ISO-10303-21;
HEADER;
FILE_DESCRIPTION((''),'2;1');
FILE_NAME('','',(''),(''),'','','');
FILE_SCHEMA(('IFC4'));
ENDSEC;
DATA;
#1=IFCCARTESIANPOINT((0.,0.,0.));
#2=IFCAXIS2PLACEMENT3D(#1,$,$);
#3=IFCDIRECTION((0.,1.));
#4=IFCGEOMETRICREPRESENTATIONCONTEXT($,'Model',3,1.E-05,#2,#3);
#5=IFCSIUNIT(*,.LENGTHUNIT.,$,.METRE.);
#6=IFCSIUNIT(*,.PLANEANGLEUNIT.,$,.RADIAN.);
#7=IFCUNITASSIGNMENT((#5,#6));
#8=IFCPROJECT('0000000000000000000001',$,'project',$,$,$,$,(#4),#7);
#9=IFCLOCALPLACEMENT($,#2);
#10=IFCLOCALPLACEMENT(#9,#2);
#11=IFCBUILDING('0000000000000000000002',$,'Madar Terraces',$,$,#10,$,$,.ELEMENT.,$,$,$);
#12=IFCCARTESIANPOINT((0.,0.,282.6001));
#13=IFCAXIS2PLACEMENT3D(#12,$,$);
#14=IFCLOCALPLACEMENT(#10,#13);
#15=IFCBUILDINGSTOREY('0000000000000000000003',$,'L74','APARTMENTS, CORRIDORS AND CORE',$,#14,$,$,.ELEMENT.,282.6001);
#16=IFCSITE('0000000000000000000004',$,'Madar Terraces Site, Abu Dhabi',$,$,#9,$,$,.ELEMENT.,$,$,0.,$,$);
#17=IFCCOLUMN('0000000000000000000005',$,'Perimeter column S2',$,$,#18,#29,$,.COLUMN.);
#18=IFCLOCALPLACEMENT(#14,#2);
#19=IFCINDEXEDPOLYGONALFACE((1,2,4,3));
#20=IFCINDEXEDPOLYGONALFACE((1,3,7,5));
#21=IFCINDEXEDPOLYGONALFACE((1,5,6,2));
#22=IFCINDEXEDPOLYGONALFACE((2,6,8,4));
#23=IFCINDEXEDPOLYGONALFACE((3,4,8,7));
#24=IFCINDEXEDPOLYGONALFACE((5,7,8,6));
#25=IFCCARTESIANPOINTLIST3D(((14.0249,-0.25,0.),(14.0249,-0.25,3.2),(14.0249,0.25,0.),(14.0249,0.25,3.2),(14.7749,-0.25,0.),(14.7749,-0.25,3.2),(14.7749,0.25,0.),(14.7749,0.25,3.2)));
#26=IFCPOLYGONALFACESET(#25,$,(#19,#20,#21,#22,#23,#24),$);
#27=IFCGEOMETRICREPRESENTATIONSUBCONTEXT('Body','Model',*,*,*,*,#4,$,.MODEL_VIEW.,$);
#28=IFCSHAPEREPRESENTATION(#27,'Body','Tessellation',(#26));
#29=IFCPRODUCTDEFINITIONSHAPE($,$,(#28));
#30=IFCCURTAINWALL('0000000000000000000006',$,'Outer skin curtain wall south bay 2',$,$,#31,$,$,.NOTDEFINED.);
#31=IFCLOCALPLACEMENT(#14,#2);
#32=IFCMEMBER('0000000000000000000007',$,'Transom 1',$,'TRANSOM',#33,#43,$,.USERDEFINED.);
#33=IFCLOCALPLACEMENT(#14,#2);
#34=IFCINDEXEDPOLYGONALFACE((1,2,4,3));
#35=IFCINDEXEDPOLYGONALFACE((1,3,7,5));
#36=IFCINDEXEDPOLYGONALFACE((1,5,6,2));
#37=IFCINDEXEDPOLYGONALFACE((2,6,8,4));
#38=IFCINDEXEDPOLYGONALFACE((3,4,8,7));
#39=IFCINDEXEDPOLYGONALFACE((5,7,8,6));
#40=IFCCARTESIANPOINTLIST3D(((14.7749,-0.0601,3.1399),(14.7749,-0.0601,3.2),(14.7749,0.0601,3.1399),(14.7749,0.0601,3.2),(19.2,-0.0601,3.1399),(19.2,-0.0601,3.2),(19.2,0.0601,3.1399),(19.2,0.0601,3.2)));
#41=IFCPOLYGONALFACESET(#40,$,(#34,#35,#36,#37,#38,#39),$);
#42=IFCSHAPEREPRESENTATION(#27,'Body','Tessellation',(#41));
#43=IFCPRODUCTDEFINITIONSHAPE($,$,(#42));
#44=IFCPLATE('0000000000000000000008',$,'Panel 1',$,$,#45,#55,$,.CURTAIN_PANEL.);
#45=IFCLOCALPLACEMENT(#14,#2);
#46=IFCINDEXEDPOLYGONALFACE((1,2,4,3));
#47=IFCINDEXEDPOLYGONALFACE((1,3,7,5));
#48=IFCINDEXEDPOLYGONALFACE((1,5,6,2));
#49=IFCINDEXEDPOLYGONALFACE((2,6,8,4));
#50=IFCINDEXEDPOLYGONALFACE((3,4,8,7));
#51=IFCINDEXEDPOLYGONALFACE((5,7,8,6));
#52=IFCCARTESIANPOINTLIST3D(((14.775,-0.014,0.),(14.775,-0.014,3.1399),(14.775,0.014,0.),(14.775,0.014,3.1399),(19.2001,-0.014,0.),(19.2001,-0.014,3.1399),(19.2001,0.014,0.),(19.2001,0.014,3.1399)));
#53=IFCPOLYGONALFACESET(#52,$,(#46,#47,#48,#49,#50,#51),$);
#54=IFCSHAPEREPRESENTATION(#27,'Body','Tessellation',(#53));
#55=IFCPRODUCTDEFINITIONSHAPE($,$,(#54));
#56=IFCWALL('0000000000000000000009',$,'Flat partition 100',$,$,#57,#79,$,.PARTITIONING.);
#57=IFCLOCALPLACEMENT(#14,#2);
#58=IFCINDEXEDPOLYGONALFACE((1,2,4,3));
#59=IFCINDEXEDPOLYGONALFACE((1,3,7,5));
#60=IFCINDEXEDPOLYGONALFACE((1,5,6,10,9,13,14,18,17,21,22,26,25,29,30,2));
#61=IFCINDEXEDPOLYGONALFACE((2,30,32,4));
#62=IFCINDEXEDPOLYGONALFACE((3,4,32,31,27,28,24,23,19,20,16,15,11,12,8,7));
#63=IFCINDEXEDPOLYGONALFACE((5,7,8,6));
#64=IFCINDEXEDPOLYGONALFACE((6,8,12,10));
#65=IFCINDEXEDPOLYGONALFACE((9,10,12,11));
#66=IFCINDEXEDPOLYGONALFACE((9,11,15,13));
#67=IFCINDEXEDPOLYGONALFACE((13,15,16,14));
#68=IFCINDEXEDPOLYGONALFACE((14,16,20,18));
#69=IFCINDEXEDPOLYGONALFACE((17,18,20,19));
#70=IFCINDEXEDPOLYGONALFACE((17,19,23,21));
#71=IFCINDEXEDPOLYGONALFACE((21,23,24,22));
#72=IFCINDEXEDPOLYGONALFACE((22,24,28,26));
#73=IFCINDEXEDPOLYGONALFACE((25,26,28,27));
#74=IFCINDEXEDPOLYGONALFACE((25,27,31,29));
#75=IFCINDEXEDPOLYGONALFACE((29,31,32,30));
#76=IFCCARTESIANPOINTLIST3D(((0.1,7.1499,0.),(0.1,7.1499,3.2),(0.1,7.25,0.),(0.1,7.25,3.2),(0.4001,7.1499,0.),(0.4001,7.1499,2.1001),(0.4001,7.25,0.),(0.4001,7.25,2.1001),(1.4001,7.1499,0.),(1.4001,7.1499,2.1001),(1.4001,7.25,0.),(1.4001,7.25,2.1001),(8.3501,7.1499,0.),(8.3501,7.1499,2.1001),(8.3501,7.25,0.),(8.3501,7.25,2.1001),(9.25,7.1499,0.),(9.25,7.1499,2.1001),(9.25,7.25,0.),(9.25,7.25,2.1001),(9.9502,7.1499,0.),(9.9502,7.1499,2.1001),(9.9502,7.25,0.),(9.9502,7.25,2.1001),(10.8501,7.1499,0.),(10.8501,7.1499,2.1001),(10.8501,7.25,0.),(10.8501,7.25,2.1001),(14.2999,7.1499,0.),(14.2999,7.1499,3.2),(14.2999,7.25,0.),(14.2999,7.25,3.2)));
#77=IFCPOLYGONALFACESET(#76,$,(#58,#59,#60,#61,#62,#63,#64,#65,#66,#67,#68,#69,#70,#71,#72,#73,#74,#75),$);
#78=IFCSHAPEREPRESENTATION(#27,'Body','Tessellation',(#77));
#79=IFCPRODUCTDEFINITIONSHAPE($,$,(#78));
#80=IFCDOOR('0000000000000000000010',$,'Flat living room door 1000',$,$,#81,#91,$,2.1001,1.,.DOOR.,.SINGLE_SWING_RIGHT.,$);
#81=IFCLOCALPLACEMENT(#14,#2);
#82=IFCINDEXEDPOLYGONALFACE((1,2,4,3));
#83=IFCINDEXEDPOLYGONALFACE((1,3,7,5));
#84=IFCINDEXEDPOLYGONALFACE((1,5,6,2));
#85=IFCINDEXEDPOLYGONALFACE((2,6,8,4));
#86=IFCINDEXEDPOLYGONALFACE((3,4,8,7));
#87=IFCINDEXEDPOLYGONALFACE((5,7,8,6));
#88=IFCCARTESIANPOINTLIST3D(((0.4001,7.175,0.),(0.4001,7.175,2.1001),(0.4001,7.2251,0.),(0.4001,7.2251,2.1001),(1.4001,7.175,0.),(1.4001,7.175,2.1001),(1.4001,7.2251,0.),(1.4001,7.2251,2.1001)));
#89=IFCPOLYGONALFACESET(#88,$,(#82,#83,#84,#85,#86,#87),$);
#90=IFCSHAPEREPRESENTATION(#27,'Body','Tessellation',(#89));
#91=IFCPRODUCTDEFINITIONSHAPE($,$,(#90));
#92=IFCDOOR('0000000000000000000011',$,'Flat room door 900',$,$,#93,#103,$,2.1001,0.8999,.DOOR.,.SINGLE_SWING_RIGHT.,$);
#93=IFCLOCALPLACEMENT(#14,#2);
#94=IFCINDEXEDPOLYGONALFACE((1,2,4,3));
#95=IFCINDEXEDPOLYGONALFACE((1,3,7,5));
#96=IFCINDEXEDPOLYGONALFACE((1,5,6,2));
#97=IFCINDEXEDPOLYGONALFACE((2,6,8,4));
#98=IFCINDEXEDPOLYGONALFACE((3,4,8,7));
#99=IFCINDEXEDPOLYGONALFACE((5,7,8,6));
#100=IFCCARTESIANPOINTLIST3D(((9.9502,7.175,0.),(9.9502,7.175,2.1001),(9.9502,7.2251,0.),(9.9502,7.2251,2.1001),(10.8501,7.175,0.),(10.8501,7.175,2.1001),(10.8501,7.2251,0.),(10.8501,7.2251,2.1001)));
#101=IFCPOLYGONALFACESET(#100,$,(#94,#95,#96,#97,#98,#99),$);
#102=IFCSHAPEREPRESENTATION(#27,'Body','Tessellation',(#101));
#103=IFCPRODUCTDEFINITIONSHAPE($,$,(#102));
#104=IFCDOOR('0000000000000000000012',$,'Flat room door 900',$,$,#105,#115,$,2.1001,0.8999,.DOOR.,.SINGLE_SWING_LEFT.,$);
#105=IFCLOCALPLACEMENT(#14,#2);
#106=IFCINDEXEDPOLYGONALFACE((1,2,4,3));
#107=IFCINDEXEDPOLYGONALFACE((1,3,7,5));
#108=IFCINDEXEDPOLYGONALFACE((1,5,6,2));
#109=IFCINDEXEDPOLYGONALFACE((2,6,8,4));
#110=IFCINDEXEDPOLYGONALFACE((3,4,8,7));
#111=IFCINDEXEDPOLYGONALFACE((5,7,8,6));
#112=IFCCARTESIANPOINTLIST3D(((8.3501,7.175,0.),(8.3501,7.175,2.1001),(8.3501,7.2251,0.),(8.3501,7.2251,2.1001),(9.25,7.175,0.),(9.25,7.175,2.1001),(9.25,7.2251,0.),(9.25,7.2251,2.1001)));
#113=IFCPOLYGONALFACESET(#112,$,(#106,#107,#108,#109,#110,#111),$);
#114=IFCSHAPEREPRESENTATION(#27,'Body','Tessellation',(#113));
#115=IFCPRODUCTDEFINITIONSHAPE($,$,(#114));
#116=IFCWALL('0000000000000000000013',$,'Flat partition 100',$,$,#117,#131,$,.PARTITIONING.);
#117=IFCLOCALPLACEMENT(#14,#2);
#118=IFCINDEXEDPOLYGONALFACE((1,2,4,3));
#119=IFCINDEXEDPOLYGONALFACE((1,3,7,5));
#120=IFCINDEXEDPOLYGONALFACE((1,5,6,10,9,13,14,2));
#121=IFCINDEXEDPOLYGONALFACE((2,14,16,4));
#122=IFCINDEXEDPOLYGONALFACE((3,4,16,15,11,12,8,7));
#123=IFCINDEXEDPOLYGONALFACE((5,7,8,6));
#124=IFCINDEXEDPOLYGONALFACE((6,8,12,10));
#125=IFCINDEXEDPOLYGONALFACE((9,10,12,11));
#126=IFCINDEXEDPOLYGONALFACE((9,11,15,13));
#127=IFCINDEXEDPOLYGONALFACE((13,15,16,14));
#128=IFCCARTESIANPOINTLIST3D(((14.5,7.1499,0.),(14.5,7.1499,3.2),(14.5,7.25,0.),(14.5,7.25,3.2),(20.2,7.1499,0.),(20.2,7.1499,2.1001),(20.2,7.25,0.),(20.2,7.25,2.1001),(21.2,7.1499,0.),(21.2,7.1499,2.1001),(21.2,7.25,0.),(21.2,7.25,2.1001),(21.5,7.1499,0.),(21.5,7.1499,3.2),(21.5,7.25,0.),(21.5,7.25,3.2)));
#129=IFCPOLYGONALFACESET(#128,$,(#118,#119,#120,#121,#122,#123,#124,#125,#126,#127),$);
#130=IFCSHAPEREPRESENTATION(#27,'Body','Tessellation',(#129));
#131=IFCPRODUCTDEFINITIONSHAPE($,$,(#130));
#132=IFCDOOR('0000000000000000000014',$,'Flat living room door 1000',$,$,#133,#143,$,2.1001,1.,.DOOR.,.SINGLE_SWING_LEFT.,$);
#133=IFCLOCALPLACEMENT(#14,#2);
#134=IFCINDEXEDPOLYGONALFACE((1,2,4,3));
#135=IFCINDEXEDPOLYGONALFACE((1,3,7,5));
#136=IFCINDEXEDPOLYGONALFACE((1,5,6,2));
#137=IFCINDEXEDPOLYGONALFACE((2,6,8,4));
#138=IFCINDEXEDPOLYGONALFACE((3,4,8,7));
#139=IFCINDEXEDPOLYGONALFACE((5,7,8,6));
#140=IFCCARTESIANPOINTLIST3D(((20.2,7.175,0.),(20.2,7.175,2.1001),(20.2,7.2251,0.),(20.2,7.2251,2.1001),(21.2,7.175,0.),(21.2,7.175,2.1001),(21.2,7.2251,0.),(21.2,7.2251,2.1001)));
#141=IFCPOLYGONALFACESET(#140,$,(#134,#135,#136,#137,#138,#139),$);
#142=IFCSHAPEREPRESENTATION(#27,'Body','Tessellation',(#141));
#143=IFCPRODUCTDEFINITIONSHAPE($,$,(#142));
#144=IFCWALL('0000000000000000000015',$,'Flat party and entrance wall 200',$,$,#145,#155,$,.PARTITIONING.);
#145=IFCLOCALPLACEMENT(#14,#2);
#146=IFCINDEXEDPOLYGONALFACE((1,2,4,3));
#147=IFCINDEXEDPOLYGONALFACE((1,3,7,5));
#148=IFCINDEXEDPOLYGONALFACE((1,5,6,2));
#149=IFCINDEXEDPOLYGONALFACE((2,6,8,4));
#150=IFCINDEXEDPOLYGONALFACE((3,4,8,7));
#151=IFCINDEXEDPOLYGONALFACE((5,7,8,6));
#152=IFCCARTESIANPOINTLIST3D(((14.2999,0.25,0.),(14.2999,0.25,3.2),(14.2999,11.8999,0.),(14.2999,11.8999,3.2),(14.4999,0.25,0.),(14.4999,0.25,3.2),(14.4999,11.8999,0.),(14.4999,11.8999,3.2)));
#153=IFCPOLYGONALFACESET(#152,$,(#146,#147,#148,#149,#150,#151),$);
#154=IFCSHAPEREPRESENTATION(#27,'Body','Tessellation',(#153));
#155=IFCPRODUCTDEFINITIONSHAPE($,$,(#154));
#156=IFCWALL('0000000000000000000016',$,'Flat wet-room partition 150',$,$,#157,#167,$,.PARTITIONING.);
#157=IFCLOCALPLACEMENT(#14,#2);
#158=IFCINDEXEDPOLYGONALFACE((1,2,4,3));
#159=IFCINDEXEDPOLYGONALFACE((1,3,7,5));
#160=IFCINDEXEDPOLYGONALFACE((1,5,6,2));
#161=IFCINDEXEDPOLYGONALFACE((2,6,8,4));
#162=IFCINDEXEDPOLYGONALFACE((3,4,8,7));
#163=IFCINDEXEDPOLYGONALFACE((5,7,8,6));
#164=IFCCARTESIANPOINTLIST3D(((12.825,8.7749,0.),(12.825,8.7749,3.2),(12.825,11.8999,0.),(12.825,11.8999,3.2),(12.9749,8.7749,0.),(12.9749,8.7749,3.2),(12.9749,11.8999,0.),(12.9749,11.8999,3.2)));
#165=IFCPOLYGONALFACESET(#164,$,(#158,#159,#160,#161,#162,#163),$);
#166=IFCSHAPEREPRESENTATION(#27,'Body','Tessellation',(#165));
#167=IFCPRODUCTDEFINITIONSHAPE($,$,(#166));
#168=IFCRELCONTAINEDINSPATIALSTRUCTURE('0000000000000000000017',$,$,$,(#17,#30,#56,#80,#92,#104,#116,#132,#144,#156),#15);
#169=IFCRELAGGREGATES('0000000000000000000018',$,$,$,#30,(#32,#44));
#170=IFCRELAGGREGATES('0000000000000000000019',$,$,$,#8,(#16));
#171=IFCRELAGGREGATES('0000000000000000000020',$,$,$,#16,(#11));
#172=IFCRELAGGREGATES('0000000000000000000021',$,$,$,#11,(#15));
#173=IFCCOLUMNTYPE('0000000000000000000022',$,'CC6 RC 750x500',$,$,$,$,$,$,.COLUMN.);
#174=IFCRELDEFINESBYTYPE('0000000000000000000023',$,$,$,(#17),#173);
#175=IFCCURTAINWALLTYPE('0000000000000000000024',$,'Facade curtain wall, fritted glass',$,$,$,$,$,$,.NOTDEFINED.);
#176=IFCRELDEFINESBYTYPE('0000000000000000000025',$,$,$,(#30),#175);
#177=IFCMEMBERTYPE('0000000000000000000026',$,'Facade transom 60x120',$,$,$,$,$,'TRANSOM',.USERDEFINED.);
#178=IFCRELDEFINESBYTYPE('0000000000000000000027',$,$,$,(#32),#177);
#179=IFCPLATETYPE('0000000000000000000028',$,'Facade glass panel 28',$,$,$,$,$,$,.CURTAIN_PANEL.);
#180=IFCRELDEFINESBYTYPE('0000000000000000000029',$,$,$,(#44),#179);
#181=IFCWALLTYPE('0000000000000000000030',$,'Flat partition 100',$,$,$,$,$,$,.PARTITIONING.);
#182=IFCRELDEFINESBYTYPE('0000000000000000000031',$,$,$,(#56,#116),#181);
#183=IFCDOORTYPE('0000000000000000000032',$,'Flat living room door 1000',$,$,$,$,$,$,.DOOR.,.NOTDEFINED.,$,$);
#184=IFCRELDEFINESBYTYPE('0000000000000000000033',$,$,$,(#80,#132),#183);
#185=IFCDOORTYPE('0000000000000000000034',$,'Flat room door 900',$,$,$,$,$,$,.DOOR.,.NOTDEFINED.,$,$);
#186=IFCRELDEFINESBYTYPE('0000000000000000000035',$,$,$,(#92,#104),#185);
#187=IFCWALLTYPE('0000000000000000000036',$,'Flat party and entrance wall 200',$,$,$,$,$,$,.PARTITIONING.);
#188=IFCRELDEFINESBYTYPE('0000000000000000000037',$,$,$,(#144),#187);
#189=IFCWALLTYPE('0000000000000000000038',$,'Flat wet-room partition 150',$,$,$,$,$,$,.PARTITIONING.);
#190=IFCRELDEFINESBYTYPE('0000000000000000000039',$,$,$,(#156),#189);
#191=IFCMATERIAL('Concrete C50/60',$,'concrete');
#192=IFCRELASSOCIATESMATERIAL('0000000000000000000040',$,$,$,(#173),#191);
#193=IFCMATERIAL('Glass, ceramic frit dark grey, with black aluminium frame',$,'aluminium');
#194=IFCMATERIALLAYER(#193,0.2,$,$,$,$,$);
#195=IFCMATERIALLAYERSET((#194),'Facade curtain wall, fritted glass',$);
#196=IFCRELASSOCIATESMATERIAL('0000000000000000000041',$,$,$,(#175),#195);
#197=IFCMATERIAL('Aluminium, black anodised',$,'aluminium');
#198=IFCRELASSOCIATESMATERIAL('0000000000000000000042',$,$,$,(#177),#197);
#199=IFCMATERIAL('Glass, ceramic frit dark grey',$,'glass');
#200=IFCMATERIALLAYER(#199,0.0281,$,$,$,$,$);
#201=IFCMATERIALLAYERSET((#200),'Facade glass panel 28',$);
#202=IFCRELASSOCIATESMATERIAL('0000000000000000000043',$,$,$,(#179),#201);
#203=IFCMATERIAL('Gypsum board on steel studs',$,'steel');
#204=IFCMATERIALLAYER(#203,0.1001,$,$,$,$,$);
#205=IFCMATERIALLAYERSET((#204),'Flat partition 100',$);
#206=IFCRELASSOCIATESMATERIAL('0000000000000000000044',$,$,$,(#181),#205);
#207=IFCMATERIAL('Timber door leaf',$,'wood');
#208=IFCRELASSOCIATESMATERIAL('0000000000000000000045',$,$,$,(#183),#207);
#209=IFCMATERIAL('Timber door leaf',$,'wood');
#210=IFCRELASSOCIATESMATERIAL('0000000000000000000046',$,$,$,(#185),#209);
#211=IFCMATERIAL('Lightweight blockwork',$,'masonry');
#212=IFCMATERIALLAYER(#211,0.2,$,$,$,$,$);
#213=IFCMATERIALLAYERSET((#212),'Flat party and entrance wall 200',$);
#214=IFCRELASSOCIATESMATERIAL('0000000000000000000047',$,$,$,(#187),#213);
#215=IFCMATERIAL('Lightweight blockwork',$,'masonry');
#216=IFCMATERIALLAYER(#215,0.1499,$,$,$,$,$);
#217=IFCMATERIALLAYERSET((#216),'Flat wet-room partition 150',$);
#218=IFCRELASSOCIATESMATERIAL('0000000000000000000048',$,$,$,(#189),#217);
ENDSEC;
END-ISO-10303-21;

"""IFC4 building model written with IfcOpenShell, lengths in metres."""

from ifc_helpers import new_model, si_unit, direction, frame, frame_2d, origin, origin_2d, place, context, subcontext, project, spatial, rectangle, extrude, material, layer, layer_set, material_profile, profile_set, type_object, element, fill, aggregate, save


model = new_model("IFC4")

# Units and contexts
model_context = context("Model", 3, precision=1e-05, world=origin(), true_north=direction((0.0, 1.0)))
body_context = subcontext(model_context, "Body", "Model", "MODEL_VIEW")
ifc_project = project(units=[si_unit("LENGTHUNIT", "METRE"), si_unit("PLANEANGLEUNIT", "RADIAN")], contexts=[model_context])

# Site, building, storey
site_placement = place(None, origin())
site = spatial("IfcSite", under=ifc_project, at=site_placement, Name="Madar Terraces Site, Abu Dhabi", CompositionType="ELEMENT", RefElevation=0.0)
building_placement = place(site_placement, origin())
building = spatial("IfcBuilding", under=site, at=building_placement, Name="Madar Terraces", CompositionType="ELEMENT")
storey_placement = place(building_placement, frame((0.0, 0.0, 282.6001)))
storey = spatial("IfcBuildingStorey", under=building, at=storey_placement, Name="L74", Description="APARTMENTS, CORRIDORS AND CORE", CompositionType="ELEMENT", Elevation=282.6001)

# Column
ifc_material_1 = material(Name="Concrete C50/60", Category="concrete")
ifc_material_profile_1 = material_profile(ifc_material_1, rectangle(XDim=0.75, YDim=0.5, at=origin_2d()), Name="CC6 RC 750x500")
ifc_profile_set_1 = profile_set([ifc_material_profile_1], Name="Concrete C50/60")
column_type = type_object("IfcColumnType", Name="CC6 RC 750x500", PredefinedType="COLUMN", material=ifc_profile_set_1)
column_placement = place(storey_placement, frame((14.3999, 0.0, 0.0), z_axis=(0.0, 0.0, 1.0), x_axis=(1.0, 0.0, 0.0)))
element("IfcColumn", 1, at=column_placement, inside=storey, type_object=column_type, Name="Perimeter column S2", PredefinedType="COLUMN", context=body_context, shape_type="SweptSolid", body=[
    extrude(rectangle(XDim=0.75, YDim=0.5, at=origin_2d()), origin(), (0.0, 0.0, 1.0), 3.2),
])

# Curtain wall, member, plate
ifc_material_2 = material(Name="Glass, ceramic frit dark grey, with black aluminium frame", Category="aluminium")
ifc_layer_1 = layer(ifc_material_2, 0.2)
ifc_layer_set_1 = layer_set([ifc_layer_1], Name="Facade curtain wall, fritted glass")
curtain_wall_type = type_object("IfcCurtainWallType", Name="Facade curtain wall, fritted glass", PredefinedType="NOTDEFINED", material=ifc_layer_set_1)
curtain_wall_placement = place(storey_placement, origin())
curtain_wall = element("IfcCurtainWall", 2, at=curtain_wall_placement, inside=storey, type_object=curtain_wall_type, Name="Outer skin curtain wall south bay 2", PredefinedType="NOTDEFINED")
ifc_material_3 = material(Name="Aluminium, black anodised", Category="aluminium")
ifc_material_profile_2 = material_profile(ifc_material_3, rectangle(XDim=0.1201, YDim=0.0601, at=origin_2d()), Name="Facade transom 60x120")
ifc_profile_set_2 = profile_set([ifc_material_profile_2], Name="Aluminium, black anodised")
member_type = type_object("IfcMemberType", Name="Facade transom 60x120", ElementType="TRANSOM", PredefinedType="USERDEFINED", material=ifc_profile_set_2)
member_placement = place(storey_placement, frame((14.7749, 0.0, 3.1699), z_axis=(1.0, 0.0, 0.0), x_axis=(0.0, 1.0, 0.0)))
member = element("IfcMember", 3, at=member_placement, type_object=member_type, Name="Transom 1", ObjectType="TRANSOM", PredefinedType="USERDEFINED", context=body_context, shape_type="SweptSolid", body=[
    extrude(rectangle(XDim=0.1201, YDim=0.0601, at=origin_2d()), origin(), (0.0, 0.0, 1.0), 4.425),
])
ifc_material_4 = material(Name="Glass, ceramic frit dark grey", Category="glass")
ifc_layer_2 = layer(ifc_material_4, 0.0281)
ifc_layer_set_2 = layer_set([ifc_layer_2], Name="Facade glass panel 28")
plate_type = type_object("IfcPlateType", Name="Facade glass panel 28", PredefinedType="CURTAIN_PANEL", material=ifc_layer_set_2)
plate_placement = place(storey_placement, frame((16.9875, 0.0, 0.0), z_axis=(0.0, 0.0, 1.0), x_axis=(1.0, 0.0, 0.0)))
plate = element("IfcPlate", 4, at=plate_placement, type_object=plate_type, Name="Panel 1", PredefinedType="CURTAIN_PANEL", context=body_context, shape_type="SweptSolid", body=[
    extrude(rectangle(XDim=4.425, YDim=0.0281, at=origin_2d()), origin(), (0.0, 0.0, 1.0), 3.1399),
])
aggregate(curtain_wall, [member, plate])

# Wall, openings, doors
ifc_material_5 = material(Name="Gypsum board on steel studs", Category="steel")
ifc_layer_3 = layer(ifc_material_5, 0.1001)
ifc_layer_set_3 = layer_set([ifc_layer_3], Name="Flat partition 100")
wall_type_1 = type_object("IfcWallType", Name="Flat partition 100", PredefinedType="PARTITIONING", material=ifc_layer_set_3)
wall_1_placement = place(storey_placement, frame((14.3, 7.2, 0.0), z_axis=(0.0, 0.0, 1.0), x_axis=(-1.0, 0.0, 0.0)))
wall_1 = element("IfcWall", 5, at=wall_1_placement, inside=storey, type_object=wall_type_1, Name="Flat partition 100", PredefinedType="PARTITIONING", context=body_context, shape_type="SweptSolid", body=[
    extrude(rectangle(XDim=14.2, YDim=0.1001, at=frame_2d((7.1001, 0.0))), origin(), (0.0, 0.0, 1.0), 3.2),
])
opening_1_placement = place(wall_1_placement, frame((3.45, 0.0, 0.0)))
opening_1 = element("IfcOpeningElement", 6, at=opening_1_placement, cuts=wall_1, PredefinedType="OPENING", context=body_context, shape_type="SweptSolid", body=[
    extrude(rectangle(XDim=0.8999, YDim=2.1001, at=frame_2d((0.45, 1.05))), frame((0.0, 0.0601, 0.0), z_axis=(0.0, -1.0, 0.0), x_axis=(1.0, 0.0, 0.0)), (0.0, 0.0, 1.0), 0.1201),
])
opening_2_placement = place(wall_1_placement, frame((5.05, 0.0, 0.0)))
opening_2 = element("IfcOpeningElement", 7, at=opening_2_placement, cuts=wall_1, PredefinedType="OPENING", context=body_context, shape_type="SweptSolid", body=[
    extrude(rectangle(XDim=0.8999, YDim=2.1001, at=frame_2d((0.45, 1.05))), frame((0.0, 0.0601, 0.0), z_axis=(0.0, -1.0, 0.0), x_axis=(1.0, 0.0, 0.0)), (0.0, 0.0, 1.0), 0.1201),
])
opening_3_placement = place(wall_1_placement, frame((12.8999, 0.0, 0.0)))
opening_3 = element("IfcOpeningElement", 8, at=opening_3_placement, cuts=wall_1, PredefinedType="OPENING", context=body_context, shape_type="SweptSolid", body=[
    extrude(rectangle(XDim=1.0, YDim=2.1001, at=frame_2d((0.5, 1.05))), frame((0.0, 0.0601, 0.0), z_axis=(0.0, -1.0, 0.0), x_axis=(1.0, 0.0, 0.0)), (0.0, 0.0, 1.0), 0.1201),
])
ifc_material_6 = material(Name="Timber door leaf", Category="wood")
door_type_1 = type_object("IfcDoorType", Name="Flat living room door 1000", OperationType="NOTDEFINED", PredefinedType="DOOR", material=ifc_material_6)
door_1_placement = place(opening_3_placement, origin())
door_1 = element("IfcDoor", 9, at=door_1_placement, inside=storey, type_object=door_type_1, Name="Flat living room door 1000", OperationType="SINGLE_SWING_RIGHT", OverallHeight=2.1001, OverallWidth=1.0, PredefinedType="DOOR", context=body_context, shape_type="SweptSolid", body=[
    extrude(rectangle(XDim=1.0, YDim=2.1001, at=frame_2d((0.5, 1.05))), frame((0.0, 0.0249, 0.0), z_axis=(0.0, -1.0, 0.0), x_axis=(1.0, 0.0, 0.0)), (0.0, 0.0, 1.0), 0.05),
])
fill(opening_3, door_1)
ifc_material_7 = material(Name="Timber door leaf", Category="wood")
door_type_2 = type_object("IfcDoorType", Name="Flat room door 900", OperationType="NOTDEFINED", PredefinedType="DOOR", material=ifc_material_7)
door_2_placement = place(opening_1_placement, origin())
door_2 = element("IfcDoor", 10, at=door_2_placement, inside=storey, type_object=door_type_2, Name="Flat room door 900", OperationType="SINGLE_SWING_RIGHT", OverallHeight=2.1001, OverallWidth=0.8999, PredefinedType="DOOR", context=body_context, shape_type="SweptSolid", body=[
    extrude(rectangle(XDim=0.8999, YDim=2.1001, at=frame_2d((0.45, 1.05))), frame((0.0, 0.0249, 0.0), z_axis=(0.0, -1.0, 0.0), x_axis=(1.0, 0.0, 0.0)), (0.0, 0.0, 1.0), 0.05),
])
fill(opening_1, door_2)
door_3_placement = place(opening_2_placement, origin())
door_3 = element("IfcDoor", 11, at=door_3_placement, inside=storey, type_object=door_type_2, Name="Flat room door 900", OperationType="SINGLE_SWING_LEFT", OverallHeight=2.1001, OverallWidth=0.8999, PredefinedType="DOOR", context=body_context, shape_type="SweptSolid", body=[
    extrude(rectangle(XDim=0.8999, YDim=2.1001, at=frame_2d((0.45, 1.05))), frame((0.0, 0.0249, 0.0), z_axis=(0.0, -1.0, 0.0), x_axis=(1.0, 0.0, 0.0)), (0.0, 0.0, 1.0), 0.05),
])
fill(opening_2, door_3)

# Wall, opening, door
wall_2_placement = place(storey_placement, frame((21.5, 7.2, 0.0), z_axis=(0.0, 0.0, 1.0), x_axis=(-1.0, 0.0, 0.0)))
wall_2 = element("IfcWall", 12, at=wall_2_placement, inside=storey, type_object=wall_type_1, Name="Flat partition 100", PredefinedType="PARTITIONING", context=body_context, shape_type="SweptSolid", body=[
    extrude(rectangle(XDim=7.0, YDim=0.1001, at=frame_2d((3.5, 0.0))), origin(), (0.0, 0.0, 1.0), 3.2),
])
opening_4_placement = place(wall_2_placement, frame((0.3, 0.0, 0.0)))
opening_4 = element("IfcOpeningElement", 13, at=opening_4_placement, cuts=wall_2, PredefinedType="OPENING", context=body_context, shape_type="SweptSolid", body=[
    extrude(rectangle(XDim=1.0, YDim=2.1001, at=frame_2d((0.5, 1.05))), frame((0.0, 0.0601, 0.0), z_axis=(0.0, -1.0, 0.0), x_axis=(1.0, 0.0, 0.0)), (0.0, 0.0, 1.0), 0.1201),
])
door_4_placement = place(opening_4_placement, origin())
door_4 = element("IfcDoor", 14, at=door_4_placement, inside=storey, type_object=door_type_1, Name="Flat living room door 1000", OperationType="SINGLE_SWING_LEFT", OverallHeight=2.1001, OverallWidth=1.0, PredefinedType="DOOR", context=body_context, shape_type="SweptSolid", body=[
    extrude(rectangle(XDim=1.0, YDim=2.1001, at=frame_2d((0.5, 1.05))), frame((0.0, 0.0249, 0.0), z_axis=(0.0, -1.0, 0.0), x_axis=(1.0, 0.0, 0.0)), (0.0, 0.0, 1.0), 0.05),
])
fill(opening_4, door_4)

# Walls
ifc_material_8 = material(Name="Lightweight blockwork", Category="masonry")
ifc_layer_4 = layer(ifc_material_8, 0.2)
ifc_layer_set_4 = layer_set([ifc_layer_4], Name="Flat party and entrance wall 200")
wall_type_2 = type_object("IfcWallType", Name="Flat party and entrance wall 200", PredefinedType="PARTITIONING", material=ifc_layer_set_4)
wall_3_placement = place(storey_placement, frame((14.3999, 11.8999, 0.0), z_axis=(0.0, 0.0, 1.0), x_axis=(0.0, -1.0, 0.0)))
element("IfcWall", 15, at=wall_3_placement, inside=storey, type_object=wall_type_2, Name="Flat party and entrance wall 200", PredefinedType="PARTITIONING", context=body_context, shape_type="SweptSolid", body=[
    extrude(rectangle(XDim=11.6499, YDim=0.2, at=frame_2d((5.825, 0.0))), origin(), (0.0, 0.0, 1.0), 3.2),
])
ifc_material_9 = material(Name="Lightweight blockwork", Category="masonry")
ifc_layer_5 = layer(ifc_material_9, 0.1499)
ifc_layer_set_5 = layer_set([ifc_layer_5], Name="Flat wet-room partition 150")
wall_type_3 = type_object("IfcWallType", Name="Flat wet-room partition 150", PredefinedType="PARTITIONING", material=ifc_layer_set_5)
wall_4_placement = place(storey_placement, frame((12.8999, 11.8999, 0.0), z_axis=(0.0, 0.0, 1.0), x_axis=(0.0, -1.0, 0.0)))
element("IfcWall", 16, at=wall_4_placement, inside=storey, type_object=wall_type_3, Name="Flat wet-room partition 150", PredefinedType="PARTITIONING", context=body_context, shape_type="SweptSolid", body=[
    extrude(rectangle(XDim=3.125, YDim=0.1499, at=frame_2d((1.5625, 0.0))), origin(), (0.0, 0.0, 1.0), 3.2),
])

save(model, "model.ifc")
